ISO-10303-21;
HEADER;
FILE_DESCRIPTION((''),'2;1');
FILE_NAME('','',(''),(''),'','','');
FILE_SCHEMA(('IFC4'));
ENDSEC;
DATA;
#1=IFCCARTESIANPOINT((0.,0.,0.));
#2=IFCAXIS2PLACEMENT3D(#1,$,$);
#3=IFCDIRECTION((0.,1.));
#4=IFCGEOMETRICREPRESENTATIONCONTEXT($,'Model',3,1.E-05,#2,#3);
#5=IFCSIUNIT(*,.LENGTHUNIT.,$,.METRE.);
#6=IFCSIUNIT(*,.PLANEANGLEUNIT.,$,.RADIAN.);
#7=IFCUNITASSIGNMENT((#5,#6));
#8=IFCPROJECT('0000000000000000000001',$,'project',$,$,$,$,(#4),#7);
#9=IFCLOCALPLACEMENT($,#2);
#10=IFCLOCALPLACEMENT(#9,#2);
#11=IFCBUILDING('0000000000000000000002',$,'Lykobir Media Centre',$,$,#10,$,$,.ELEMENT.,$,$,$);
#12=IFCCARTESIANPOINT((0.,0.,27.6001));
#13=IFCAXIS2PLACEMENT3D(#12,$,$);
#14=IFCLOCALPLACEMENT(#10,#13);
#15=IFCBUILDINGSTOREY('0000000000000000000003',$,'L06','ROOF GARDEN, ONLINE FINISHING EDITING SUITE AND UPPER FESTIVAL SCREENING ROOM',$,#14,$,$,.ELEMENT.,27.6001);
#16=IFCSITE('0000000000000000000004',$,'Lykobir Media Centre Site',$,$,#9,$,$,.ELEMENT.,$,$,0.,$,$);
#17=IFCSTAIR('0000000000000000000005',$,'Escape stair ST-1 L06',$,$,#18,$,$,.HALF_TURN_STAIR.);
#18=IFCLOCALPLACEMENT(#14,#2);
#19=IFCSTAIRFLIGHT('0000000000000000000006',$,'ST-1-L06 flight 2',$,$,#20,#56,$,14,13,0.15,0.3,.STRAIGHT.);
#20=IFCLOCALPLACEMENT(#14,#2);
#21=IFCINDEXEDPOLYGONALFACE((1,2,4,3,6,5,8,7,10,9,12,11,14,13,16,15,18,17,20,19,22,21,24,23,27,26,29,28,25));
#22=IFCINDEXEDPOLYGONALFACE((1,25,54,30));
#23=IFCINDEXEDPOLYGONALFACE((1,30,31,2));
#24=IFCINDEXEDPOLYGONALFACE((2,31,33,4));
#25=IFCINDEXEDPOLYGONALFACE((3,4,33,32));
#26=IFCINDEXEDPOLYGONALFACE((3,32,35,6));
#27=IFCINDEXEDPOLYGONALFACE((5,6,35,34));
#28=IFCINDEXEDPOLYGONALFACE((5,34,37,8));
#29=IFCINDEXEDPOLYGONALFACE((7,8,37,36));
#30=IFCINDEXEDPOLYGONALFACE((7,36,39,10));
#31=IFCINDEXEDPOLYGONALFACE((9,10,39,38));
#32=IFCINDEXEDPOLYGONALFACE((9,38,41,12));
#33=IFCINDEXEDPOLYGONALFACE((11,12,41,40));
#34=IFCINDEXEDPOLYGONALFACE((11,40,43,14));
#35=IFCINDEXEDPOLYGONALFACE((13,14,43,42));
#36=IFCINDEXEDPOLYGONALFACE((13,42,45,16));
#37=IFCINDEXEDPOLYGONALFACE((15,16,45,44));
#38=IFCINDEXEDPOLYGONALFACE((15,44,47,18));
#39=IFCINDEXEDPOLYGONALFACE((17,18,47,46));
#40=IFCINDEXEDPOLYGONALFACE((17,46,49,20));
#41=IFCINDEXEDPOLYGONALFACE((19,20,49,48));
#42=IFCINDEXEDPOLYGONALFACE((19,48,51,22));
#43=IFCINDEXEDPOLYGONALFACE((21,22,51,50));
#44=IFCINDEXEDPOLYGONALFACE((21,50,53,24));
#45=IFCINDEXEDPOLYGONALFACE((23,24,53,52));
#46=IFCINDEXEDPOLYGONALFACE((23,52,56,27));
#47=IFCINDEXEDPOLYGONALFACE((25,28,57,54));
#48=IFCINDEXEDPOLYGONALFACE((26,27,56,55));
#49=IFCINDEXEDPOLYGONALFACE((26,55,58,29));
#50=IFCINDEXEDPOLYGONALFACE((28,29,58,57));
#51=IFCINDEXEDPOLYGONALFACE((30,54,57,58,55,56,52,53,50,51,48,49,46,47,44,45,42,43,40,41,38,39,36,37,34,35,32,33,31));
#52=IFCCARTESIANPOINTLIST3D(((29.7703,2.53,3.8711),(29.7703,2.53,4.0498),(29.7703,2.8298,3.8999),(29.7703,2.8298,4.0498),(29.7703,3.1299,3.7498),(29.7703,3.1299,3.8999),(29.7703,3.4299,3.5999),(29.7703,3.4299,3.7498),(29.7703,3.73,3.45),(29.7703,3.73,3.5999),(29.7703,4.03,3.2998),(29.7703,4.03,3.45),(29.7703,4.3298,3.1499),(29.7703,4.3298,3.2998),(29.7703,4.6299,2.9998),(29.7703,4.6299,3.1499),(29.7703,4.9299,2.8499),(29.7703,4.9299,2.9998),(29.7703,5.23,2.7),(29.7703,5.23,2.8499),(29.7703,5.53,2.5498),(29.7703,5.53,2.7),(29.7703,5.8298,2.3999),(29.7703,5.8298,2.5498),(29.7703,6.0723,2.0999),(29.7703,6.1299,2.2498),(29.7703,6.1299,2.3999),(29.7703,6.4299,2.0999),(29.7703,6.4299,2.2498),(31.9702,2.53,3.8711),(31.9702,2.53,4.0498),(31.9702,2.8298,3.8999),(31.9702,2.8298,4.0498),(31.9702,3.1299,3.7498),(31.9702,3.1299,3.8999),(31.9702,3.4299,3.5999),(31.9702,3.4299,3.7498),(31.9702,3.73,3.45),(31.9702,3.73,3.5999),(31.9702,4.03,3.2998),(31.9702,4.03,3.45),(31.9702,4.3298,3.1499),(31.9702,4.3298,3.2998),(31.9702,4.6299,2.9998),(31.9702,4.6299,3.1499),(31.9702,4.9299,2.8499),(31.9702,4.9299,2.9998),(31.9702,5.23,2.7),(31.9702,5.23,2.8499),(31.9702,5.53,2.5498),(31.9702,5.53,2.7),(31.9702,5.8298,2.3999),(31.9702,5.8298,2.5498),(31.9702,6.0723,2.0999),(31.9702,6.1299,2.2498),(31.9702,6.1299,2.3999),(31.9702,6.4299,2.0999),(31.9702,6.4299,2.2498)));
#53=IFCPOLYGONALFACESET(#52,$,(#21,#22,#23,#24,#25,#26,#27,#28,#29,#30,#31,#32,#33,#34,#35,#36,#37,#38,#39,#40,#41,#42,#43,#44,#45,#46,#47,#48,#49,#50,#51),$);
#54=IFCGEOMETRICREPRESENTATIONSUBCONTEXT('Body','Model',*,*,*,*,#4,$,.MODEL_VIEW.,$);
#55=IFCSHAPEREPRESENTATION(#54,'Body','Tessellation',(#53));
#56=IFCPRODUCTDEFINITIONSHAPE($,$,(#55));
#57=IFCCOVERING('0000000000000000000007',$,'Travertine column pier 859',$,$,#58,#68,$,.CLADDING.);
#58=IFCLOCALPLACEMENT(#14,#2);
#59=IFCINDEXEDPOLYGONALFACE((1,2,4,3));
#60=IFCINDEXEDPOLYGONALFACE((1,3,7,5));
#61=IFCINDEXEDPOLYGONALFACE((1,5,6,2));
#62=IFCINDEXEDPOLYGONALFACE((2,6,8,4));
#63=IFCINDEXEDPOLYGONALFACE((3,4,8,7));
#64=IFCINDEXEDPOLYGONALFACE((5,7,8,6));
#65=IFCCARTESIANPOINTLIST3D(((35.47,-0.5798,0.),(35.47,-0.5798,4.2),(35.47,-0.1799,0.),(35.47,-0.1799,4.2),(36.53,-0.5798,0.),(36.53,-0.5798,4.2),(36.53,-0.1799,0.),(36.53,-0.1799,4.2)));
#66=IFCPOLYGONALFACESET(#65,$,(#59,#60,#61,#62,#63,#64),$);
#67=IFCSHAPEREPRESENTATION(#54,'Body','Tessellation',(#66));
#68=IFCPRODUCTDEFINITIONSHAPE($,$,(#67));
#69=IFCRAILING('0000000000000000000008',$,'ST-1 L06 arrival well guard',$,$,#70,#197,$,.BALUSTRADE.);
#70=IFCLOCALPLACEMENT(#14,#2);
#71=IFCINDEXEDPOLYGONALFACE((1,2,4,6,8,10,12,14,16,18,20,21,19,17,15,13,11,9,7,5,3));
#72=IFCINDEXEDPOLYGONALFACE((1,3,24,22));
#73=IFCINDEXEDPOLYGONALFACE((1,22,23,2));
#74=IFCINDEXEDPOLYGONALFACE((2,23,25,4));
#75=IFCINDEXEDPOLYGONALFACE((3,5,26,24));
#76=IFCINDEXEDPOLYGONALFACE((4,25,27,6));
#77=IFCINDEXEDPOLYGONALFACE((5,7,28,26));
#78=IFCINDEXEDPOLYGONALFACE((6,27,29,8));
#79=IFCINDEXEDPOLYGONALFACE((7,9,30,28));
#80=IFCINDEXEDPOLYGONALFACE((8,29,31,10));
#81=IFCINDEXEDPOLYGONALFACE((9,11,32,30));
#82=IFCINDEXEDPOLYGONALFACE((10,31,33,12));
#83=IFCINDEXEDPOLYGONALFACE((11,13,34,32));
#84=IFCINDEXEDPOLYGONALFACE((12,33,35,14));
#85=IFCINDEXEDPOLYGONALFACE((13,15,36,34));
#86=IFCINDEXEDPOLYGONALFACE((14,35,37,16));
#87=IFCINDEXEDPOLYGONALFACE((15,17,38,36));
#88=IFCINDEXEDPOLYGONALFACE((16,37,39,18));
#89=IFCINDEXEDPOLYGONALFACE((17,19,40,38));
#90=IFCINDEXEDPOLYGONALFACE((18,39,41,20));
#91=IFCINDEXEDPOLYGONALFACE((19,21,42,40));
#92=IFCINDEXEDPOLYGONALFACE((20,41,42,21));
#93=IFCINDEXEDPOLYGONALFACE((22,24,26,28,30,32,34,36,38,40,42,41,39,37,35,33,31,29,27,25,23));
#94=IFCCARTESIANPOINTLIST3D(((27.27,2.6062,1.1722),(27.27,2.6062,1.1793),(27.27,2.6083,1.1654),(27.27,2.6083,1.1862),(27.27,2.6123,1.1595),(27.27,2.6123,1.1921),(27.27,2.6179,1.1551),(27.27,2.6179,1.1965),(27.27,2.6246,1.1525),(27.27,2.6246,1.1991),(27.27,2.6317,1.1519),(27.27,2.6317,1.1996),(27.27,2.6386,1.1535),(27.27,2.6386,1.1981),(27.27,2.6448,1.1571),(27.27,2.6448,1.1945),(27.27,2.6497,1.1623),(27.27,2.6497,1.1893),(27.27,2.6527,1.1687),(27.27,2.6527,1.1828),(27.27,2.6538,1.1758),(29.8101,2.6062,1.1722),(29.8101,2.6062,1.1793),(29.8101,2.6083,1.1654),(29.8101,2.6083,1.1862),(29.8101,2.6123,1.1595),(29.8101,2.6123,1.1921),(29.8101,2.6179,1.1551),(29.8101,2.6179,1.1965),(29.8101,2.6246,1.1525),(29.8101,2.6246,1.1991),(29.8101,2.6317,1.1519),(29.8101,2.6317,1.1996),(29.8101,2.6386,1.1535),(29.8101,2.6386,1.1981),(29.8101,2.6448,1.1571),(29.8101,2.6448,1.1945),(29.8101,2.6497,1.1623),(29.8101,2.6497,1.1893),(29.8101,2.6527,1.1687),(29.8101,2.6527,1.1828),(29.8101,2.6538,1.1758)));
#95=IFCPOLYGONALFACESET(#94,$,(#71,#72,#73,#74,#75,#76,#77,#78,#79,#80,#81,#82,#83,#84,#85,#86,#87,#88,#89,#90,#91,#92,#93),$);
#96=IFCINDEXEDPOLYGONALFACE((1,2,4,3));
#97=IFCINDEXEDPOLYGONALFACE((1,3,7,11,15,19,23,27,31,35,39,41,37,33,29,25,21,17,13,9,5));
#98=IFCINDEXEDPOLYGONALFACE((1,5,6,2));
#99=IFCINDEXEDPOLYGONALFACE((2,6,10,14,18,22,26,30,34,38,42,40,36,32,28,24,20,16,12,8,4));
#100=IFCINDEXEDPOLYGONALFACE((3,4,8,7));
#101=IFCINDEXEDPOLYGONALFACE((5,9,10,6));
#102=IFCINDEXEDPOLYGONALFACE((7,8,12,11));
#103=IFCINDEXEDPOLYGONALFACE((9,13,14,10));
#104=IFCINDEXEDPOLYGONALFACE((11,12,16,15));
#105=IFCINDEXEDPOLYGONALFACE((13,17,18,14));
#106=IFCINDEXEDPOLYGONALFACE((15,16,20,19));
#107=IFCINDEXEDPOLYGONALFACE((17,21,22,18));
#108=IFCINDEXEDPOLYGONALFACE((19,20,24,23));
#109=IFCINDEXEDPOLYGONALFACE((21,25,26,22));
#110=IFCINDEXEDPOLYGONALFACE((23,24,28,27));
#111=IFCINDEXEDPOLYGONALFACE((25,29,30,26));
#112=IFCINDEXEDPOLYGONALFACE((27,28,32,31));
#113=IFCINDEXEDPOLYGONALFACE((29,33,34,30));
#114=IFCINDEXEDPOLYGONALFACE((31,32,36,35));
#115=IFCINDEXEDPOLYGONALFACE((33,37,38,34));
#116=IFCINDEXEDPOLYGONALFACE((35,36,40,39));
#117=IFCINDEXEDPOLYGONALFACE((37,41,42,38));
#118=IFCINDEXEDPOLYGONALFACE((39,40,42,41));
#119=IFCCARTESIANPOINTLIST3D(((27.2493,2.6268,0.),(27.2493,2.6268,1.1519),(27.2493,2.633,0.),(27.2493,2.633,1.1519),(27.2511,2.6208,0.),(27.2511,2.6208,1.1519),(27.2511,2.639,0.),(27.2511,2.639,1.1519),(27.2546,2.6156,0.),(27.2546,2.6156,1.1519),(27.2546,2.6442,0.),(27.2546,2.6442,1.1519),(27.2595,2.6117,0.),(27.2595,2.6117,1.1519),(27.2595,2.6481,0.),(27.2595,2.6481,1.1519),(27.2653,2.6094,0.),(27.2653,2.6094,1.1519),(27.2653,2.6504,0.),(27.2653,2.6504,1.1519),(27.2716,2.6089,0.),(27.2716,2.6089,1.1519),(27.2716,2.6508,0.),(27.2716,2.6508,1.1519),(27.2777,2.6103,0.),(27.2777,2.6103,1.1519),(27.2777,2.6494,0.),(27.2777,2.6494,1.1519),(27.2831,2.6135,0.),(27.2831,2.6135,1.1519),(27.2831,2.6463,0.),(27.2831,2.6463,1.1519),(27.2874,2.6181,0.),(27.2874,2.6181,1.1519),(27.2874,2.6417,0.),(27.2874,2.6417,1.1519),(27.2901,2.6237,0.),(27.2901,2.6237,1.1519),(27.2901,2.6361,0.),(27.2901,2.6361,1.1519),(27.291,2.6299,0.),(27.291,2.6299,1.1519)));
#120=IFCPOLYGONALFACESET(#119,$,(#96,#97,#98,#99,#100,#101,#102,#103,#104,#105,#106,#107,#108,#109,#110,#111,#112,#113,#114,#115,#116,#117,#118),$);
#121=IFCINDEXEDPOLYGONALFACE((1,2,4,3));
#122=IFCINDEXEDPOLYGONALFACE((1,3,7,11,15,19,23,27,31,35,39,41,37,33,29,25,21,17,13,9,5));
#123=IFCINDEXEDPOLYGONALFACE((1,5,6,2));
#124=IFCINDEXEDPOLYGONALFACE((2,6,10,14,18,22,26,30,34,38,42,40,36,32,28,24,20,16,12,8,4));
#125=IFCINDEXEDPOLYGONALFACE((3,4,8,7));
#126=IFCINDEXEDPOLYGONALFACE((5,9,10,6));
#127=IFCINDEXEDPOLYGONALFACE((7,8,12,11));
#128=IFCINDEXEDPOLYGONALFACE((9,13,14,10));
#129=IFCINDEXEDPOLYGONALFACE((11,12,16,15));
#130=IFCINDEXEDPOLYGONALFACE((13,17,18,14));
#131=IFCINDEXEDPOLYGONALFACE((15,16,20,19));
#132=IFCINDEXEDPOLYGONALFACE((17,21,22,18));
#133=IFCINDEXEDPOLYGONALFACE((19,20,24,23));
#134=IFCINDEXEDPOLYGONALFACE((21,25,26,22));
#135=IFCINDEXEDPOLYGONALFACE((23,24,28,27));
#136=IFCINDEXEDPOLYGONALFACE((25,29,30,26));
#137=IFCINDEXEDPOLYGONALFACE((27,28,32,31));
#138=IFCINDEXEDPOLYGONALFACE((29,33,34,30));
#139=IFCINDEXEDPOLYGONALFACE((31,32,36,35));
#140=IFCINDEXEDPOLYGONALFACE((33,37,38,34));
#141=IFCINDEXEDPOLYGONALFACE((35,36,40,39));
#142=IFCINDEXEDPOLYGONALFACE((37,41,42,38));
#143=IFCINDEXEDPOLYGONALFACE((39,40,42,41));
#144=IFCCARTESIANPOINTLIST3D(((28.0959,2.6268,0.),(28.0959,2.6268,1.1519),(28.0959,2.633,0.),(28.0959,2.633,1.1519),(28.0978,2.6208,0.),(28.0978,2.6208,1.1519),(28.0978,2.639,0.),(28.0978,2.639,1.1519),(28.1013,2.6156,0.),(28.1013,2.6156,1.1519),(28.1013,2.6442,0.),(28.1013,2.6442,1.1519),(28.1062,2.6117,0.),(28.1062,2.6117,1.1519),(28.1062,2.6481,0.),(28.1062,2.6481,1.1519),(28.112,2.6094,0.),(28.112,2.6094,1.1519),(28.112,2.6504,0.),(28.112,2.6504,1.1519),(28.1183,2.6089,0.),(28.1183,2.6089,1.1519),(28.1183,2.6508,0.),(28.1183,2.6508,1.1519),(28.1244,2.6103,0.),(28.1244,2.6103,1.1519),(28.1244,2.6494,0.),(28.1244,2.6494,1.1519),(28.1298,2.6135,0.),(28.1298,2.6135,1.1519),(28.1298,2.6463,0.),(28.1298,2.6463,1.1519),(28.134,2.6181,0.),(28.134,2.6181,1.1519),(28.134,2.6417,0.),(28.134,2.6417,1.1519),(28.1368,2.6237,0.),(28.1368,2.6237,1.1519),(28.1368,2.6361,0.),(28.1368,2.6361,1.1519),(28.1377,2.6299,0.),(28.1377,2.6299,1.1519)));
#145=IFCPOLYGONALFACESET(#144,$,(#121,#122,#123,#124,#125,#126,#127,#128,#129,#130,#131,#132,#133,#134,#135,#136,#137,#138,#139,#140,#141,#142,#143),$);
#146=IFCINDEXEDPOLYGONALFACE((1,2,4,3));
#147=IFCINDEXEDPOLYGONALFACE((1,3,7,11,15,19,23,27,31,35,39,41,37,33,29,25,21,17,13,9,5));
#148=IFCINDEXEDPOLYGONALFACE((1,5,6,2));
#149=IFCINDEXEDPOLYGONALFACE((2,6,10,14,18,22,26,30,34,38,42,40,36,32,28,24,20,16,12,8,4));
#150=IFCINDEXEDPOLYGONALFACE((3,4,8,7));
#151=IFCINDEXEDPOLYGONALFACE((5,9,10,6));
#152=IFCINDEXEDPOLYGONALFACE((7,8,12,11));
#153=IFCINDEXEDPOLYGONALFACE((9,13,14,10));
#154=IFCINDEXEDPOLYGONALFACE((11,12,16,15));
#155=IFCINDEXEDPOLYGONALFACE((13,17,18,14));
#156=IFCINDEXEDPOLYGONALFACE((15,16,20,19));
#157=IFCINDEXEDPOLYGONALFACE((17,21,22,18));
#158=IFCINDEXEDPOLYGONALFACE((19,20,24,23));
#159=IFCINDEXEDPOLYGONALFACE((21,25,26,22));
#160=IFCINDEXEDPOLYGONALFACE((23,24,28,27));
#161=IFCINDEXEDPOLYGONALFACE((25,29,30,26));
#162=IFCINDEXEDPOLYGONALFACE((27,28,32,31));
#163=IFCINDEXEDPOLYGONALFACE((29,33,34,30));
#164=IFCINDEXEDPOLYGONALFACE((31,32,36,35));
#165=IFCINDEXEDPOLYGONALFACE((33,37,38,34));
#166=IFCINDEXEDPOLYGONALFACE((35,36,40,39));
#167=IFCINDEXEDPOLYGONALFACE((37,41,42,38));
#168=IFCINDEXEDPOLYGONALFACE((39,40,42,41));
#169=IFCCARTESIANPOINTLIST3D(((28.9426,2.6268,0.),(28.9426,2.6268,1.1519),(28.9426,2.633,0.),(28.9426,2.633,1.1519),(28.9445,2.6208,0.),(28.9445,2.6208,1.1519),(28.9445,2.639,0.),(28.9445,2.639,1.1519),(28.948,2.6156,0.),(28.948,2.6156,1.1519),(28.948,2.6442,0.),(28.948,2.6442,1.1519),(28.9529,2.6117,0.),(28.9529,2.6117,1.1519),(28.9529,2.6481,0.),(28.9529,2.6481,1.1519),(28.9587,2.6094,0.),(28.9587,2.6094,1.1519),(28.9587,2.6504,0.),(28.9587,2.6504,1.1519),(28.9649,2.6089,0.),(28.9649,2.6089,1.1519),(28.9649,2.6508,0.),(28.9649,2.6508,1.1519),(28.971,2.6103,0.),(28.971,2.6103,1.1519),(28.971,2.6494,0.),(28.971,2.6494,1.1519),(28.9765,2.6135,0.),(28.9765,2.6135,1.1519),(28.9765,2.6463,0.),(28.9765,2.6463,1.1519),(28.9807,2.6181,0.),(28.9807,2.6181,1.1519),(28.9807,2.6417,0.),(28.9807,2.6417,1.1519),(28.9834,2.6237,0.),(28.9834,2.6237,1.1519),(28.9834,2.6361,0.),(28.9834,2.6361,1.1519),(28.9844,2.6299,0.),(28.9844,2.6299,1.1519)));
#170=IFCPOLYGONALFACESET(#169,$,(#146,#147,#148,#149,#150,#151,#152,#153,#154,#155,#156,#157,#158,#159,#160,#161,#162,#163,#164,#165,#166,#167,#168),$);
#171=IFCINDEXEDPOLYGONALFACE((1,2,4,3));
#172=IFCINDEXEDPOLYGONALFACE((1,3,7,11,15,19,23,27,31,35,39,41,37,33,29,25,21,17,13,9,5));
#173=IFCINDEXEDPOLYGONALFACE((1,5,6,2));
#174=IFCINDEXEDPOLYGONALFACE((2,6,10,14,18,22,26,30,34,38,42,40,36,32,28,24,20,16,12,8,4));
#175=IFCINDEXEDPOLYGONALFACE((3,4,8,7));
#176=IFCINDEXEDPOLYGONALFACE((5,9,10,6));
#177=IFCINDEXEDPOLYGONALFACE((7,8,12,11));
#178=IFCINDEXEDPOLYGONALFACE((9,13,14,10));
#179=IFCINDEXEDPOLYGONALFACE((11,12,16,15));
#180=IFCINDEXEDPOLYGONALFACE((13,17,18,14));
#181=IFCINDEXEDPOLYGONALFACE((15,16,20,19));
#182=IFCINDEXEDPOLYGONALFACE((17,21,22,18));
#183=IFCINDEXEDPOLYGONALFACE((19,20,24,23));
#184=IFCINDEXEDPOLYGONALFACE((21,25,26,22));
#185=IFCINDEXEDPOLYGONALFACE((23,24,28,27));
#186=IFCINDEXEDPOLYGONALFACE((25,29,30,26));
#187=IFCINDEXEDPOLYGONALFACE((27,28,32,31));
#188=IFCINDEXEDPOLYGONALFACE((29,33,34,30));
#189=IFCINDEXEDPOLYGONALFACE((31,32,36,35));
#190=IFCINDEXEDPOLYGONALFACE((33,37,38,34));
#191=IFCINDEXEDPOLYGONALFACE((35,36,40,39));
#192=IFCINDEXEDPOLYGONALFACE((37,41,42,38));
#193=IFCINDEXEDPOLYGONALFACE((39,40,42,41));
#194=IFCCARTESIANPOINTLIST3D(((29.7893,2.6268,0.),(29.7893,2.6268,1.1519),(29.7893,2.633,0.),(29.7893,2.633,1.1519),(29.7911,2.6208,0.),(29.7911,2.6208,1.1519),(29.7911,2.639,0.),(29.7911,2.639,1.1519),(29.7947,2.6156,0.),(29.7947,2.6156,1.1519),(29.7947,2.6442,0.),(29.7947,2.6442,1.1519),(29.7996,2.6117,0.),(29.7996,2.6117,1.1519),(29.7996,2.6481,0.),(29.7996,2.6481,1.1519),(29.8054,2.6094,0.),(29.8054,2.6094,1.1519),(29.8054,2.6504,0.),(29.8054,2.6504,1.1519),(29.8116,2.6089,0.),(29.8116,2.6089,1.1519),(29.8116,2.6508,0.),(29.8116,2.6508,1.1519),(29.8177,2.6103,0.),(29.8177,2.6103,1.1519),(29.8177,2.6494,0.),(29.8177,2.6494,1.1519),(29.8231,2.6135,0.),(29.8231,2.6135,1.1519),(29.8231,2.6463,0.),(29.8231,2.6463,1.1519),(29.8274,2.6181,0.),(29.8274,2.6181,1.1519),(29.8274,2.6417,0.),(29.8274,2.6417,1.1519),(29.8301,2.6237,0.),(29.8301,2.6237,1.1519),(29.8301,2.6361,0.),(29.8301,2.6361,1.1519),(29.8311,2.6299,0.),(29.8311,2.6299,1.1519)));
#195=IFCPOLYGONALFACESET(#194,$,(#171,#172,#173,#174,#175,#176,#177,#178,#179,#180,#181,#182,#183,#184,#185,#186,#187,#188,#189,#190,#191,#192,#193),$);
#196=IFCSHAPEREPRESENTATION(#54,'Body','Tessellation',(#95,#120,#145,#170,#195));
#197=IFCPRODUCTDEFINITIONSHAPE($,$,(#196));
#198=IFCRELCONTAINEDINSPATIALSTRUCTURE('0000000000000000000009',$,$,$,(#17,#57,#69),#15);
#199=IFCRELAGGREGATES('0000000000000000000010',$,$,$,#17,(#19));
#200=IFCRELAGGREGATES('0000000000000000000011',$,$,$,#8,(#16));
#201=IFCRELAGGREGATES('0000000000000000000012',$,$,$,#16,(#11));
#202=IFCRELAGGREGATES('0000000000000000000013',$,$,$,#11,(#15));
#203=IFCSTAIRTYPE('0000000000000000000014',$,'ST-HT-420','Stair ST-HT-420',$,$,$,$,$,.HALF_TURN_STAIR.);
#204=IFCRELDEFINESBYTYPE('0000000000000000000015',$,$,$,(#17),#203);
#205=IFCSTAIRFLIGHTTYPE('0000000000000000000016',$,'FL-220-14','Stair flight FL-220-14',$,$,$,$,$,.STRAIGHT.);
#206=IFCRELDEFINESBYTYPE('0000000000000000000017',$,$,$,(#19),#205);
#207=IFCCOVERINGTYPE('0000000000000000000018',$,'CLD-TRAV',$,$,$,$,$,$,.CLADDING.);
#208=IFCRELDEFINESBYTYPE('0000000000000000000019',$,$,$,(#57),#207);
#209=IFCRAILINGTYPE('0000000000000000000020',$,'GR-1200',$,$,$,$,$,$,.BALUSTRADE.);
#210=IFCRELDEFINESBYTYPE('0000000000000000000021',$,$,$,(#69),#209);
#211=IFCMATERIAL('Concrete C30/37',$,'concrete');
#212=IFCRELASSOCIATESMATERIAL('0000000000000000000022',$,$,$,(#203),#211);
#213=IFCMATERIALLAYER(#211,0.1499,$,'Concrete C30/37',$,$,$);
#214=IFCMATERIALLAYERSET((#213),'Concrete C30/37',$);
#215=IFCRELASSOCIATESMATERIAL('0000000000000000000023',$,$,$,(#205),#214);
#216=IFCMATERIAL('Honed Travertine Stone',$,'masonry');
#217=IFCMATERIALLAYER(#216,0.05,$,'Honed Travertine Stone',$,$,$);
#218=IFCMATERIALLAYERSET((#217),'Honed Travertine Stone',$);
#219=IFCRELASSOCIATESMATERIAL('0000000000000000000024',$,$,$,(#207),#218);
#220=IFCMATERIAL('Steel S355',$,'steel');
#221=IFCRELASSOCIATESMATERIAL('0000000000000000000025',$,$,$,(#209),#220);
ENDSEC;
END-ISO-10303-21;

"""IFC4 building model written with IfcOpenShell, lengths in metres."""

from ifc_helpers import new_model, si_unit, direction, frame, origin, origin_2d, place, context, subcontext, project, spatial, polyline, rectangle, circle, outline, extrude, material, layer, layer_set, type_object, element, aggregate, save


model = new_model("IFC4")

# Units and contexts
model_context = context("Model", 3, precision=1e-05, world=origin(), true_north=direction((0.0, 1.0)))
body_context = subcontext(model_context, "Body", "Model", "MODEL_VIEW")
ifc_project = project(units=[si_unit("LENGTHUNIT", "METRE"), si_unit("PLANEANGLEUNIT", "RADIAN")], contexts=[model_context])

# Site, building, storey
site_placement = place(None, origin())
site = spatial("IfcSite", under=ifc_project, at=site_placement, Name="Lykobir Media Centre Site", CompositionType="ELEMENT", RefElevation=0.0)
building_placement = place(site_placement, origin())
building = spatial("IfcBuilding", under=site, at=building_placement, Name="Lykobir Media Centre", CompositionType="ELEMENT")
storey_placement = place(building_placement, frame((0.0, 0.0, 27.6001)))
storey = spatial("IfcBuildingStorey", under=building, at=storey_placement, Name="L06", Description="ROOF GARDEN, ONLINE FINISHING EDITING SUITE AND UPPER FESTIVAL SCREENING ROOM", CompositionType="ELEMENT", Elevation=27.6001)

# Shared definitions
ifc_material_1 = material(Name="Steel S355", Category="steel")

# Shared definitions
ifc_material_2 = material(Name="Concrete C30/37", Category="concrete")

# Stair, stair flight
stair_type = type_object("IfcStairType", Name="ST-HT-420", Description="Stair ST-HT-420", PredefinedType="HALF_TURN_STAIR", material=ifc_material_2)
stair_placement = place(storey_placement, origin())
stair = element("IfcStair", 1, at=stair_placement, inside=storey, type_object=stair_type, Name="Escape stair ST-1 L06", PredefinedType="HALF_TURN_STAIR")
ifc_layer_1 = layer(ifc_material_2, 0.1499, Name="Concrete C30/37")
ifc_layer_set_1 = layer_set([ifc_layer_1], Name="Concrete C30/37")
stair_flight_type = type_object("IfcStairFlightType", Name="FL-220-14", Description="Stair flight FL-220-14", PredefinedType="STRAIGHT", material=ifc_layer_set_1)
stair_flight_1_placement = place(storey_placement, frame((30.8701, 6.4299, 2.0999), z_axis=(0.0, 0.0, 1.0), x_axis=(0.0, -1.0, 0.0)))
stair_flight_1 = element("IfcStairFlight", 2, at=stair_flight_1_placement, type_object=stair_flight_type, Name="ST-1-L06 flight 2", NumberOfRisers=14, NumberOfTreads=13, PredefinedType="STRAIGHT", RiserHeight=0.15, TreadLength=0.3, context=body_context, shape_type="SweptSolid", body=[
    extrude(outline(polyline([(0.0, 0.0), (0.0, 0.1499), (0.3, 0.1499), (0.3, 0.3), (0.6001, 0.3), (0.6001, 0.45), (0.8999, 0.45), (0.8999, 0.6001), (1.2, 0.6001), (1.2, 0.75), (1.5, 0.75), (1.5, 0.8999), (1.8, 0.8999), (1.8, 1.05), (2.1001, 1.05), (2.1001, 1.2), (2.3999, 1.2), (2.3999, 1.3501), (2.7, 1.3501), (2.7, 1.5), (3.0, 1.5), (3.0, 1.6499), (3.3, 1.6499), (3.3, 1.8), (3.6001, 1.8), (3.6001, 1.95), (3.8999, 1.95), (3.8999, 2.1001), (3.8999, 1.7712), (0.3577, 0.0), (0.0, 0.0)])), frame((0.0, 1.1001, 0.0), z_axis=(0.0, -1.0, 0.0), x_axis=(1.0, 0.0, 0.0)), (0.0, 0.0, 1.0), 2.2),
])
aggregate(stair, [stair_flight_1])

# Covering
ifc_material_3 = material(Name="Honed Travertine Stone", Category="masonry")
ifc_layer_2 = layer(ifc_material_3, 0.05, Name="Honed Travertine Stone")
ifc_layer_set_2 = layer_set([ifc_layer_2], Name="Honed Travertine Stone")
covering_type = type_object("IfcCoveringType", Name="CLD-TRAV", PredefinedType="CLADDING", material=ifc_layer_set_2)
covering_placement = place(storey_placement, frame((36.0, -0.3799, 0.0), z_axis=(0.0, 0.0, 1.0), x_axis=(1.0, 0.0, 0.0)))
element("IfcCovering", 3, at=covering_placement, inside=storey, type_object=covering_type, Name="Travertine column pier 859", PredefinedType="CLADDING", context=body_context, shape_type="SweptSolid", body=[
    extrude(rectangle(XDim=1.0601, YDim=0.3999, at=origin_2d()), origin(), (0.0, 0.0, 1.0), 4.2),
])

# Railing
railing_type_1 = type_object("IfcRailingType", Name="GR-1200", PredefinedType="BALUSTRADE", material=ifc_material_1)
railing_1_placement = place(storey_placement, frame((27.27, 2.6299, 0.0)))
element("IfcRailing", 4, at=railing_1_placement, inside=storey, type_object=railing_type_1, Name="ST-1 L06 arrival well guard", PredefinedType="BALUSTRADE", context=body_context, shape_type="SweptSolid", body=[
    extrude(circle(Radius=0.0239, at=origin_2d()), frame((0.0, 0.0, 1.1758), z_axis=(1.0, 0.0, 0.0), x_axis=(0.0, 1.0, 0.0)), (0.0, 0.0, 1.0), 2.54),
    extrude(circle(Radius=0.021, at=origin_2d()), origin(), (0.0, 0.0, 1.0), 1.1519),
    extrude(circle(Radius=0.021, at=origin_2d()), frame((0.8467, 0.0, 0.0)), (0.0, 0.0, 1.0), 1.1519),
    extrude(circle(Radius=0.021, at=origin_2d()), frame((1.6934, 0.0, 0.0)), (0.0, 0.0, 1.0), 1.1519),
    extrude(circle(Radius=0.021, at=origin_2d()), frame((2.54, 0.0, 0.0)), (0.0, 0.0, 1.0), 1.1519),
])

save(model, "model.ifc")
